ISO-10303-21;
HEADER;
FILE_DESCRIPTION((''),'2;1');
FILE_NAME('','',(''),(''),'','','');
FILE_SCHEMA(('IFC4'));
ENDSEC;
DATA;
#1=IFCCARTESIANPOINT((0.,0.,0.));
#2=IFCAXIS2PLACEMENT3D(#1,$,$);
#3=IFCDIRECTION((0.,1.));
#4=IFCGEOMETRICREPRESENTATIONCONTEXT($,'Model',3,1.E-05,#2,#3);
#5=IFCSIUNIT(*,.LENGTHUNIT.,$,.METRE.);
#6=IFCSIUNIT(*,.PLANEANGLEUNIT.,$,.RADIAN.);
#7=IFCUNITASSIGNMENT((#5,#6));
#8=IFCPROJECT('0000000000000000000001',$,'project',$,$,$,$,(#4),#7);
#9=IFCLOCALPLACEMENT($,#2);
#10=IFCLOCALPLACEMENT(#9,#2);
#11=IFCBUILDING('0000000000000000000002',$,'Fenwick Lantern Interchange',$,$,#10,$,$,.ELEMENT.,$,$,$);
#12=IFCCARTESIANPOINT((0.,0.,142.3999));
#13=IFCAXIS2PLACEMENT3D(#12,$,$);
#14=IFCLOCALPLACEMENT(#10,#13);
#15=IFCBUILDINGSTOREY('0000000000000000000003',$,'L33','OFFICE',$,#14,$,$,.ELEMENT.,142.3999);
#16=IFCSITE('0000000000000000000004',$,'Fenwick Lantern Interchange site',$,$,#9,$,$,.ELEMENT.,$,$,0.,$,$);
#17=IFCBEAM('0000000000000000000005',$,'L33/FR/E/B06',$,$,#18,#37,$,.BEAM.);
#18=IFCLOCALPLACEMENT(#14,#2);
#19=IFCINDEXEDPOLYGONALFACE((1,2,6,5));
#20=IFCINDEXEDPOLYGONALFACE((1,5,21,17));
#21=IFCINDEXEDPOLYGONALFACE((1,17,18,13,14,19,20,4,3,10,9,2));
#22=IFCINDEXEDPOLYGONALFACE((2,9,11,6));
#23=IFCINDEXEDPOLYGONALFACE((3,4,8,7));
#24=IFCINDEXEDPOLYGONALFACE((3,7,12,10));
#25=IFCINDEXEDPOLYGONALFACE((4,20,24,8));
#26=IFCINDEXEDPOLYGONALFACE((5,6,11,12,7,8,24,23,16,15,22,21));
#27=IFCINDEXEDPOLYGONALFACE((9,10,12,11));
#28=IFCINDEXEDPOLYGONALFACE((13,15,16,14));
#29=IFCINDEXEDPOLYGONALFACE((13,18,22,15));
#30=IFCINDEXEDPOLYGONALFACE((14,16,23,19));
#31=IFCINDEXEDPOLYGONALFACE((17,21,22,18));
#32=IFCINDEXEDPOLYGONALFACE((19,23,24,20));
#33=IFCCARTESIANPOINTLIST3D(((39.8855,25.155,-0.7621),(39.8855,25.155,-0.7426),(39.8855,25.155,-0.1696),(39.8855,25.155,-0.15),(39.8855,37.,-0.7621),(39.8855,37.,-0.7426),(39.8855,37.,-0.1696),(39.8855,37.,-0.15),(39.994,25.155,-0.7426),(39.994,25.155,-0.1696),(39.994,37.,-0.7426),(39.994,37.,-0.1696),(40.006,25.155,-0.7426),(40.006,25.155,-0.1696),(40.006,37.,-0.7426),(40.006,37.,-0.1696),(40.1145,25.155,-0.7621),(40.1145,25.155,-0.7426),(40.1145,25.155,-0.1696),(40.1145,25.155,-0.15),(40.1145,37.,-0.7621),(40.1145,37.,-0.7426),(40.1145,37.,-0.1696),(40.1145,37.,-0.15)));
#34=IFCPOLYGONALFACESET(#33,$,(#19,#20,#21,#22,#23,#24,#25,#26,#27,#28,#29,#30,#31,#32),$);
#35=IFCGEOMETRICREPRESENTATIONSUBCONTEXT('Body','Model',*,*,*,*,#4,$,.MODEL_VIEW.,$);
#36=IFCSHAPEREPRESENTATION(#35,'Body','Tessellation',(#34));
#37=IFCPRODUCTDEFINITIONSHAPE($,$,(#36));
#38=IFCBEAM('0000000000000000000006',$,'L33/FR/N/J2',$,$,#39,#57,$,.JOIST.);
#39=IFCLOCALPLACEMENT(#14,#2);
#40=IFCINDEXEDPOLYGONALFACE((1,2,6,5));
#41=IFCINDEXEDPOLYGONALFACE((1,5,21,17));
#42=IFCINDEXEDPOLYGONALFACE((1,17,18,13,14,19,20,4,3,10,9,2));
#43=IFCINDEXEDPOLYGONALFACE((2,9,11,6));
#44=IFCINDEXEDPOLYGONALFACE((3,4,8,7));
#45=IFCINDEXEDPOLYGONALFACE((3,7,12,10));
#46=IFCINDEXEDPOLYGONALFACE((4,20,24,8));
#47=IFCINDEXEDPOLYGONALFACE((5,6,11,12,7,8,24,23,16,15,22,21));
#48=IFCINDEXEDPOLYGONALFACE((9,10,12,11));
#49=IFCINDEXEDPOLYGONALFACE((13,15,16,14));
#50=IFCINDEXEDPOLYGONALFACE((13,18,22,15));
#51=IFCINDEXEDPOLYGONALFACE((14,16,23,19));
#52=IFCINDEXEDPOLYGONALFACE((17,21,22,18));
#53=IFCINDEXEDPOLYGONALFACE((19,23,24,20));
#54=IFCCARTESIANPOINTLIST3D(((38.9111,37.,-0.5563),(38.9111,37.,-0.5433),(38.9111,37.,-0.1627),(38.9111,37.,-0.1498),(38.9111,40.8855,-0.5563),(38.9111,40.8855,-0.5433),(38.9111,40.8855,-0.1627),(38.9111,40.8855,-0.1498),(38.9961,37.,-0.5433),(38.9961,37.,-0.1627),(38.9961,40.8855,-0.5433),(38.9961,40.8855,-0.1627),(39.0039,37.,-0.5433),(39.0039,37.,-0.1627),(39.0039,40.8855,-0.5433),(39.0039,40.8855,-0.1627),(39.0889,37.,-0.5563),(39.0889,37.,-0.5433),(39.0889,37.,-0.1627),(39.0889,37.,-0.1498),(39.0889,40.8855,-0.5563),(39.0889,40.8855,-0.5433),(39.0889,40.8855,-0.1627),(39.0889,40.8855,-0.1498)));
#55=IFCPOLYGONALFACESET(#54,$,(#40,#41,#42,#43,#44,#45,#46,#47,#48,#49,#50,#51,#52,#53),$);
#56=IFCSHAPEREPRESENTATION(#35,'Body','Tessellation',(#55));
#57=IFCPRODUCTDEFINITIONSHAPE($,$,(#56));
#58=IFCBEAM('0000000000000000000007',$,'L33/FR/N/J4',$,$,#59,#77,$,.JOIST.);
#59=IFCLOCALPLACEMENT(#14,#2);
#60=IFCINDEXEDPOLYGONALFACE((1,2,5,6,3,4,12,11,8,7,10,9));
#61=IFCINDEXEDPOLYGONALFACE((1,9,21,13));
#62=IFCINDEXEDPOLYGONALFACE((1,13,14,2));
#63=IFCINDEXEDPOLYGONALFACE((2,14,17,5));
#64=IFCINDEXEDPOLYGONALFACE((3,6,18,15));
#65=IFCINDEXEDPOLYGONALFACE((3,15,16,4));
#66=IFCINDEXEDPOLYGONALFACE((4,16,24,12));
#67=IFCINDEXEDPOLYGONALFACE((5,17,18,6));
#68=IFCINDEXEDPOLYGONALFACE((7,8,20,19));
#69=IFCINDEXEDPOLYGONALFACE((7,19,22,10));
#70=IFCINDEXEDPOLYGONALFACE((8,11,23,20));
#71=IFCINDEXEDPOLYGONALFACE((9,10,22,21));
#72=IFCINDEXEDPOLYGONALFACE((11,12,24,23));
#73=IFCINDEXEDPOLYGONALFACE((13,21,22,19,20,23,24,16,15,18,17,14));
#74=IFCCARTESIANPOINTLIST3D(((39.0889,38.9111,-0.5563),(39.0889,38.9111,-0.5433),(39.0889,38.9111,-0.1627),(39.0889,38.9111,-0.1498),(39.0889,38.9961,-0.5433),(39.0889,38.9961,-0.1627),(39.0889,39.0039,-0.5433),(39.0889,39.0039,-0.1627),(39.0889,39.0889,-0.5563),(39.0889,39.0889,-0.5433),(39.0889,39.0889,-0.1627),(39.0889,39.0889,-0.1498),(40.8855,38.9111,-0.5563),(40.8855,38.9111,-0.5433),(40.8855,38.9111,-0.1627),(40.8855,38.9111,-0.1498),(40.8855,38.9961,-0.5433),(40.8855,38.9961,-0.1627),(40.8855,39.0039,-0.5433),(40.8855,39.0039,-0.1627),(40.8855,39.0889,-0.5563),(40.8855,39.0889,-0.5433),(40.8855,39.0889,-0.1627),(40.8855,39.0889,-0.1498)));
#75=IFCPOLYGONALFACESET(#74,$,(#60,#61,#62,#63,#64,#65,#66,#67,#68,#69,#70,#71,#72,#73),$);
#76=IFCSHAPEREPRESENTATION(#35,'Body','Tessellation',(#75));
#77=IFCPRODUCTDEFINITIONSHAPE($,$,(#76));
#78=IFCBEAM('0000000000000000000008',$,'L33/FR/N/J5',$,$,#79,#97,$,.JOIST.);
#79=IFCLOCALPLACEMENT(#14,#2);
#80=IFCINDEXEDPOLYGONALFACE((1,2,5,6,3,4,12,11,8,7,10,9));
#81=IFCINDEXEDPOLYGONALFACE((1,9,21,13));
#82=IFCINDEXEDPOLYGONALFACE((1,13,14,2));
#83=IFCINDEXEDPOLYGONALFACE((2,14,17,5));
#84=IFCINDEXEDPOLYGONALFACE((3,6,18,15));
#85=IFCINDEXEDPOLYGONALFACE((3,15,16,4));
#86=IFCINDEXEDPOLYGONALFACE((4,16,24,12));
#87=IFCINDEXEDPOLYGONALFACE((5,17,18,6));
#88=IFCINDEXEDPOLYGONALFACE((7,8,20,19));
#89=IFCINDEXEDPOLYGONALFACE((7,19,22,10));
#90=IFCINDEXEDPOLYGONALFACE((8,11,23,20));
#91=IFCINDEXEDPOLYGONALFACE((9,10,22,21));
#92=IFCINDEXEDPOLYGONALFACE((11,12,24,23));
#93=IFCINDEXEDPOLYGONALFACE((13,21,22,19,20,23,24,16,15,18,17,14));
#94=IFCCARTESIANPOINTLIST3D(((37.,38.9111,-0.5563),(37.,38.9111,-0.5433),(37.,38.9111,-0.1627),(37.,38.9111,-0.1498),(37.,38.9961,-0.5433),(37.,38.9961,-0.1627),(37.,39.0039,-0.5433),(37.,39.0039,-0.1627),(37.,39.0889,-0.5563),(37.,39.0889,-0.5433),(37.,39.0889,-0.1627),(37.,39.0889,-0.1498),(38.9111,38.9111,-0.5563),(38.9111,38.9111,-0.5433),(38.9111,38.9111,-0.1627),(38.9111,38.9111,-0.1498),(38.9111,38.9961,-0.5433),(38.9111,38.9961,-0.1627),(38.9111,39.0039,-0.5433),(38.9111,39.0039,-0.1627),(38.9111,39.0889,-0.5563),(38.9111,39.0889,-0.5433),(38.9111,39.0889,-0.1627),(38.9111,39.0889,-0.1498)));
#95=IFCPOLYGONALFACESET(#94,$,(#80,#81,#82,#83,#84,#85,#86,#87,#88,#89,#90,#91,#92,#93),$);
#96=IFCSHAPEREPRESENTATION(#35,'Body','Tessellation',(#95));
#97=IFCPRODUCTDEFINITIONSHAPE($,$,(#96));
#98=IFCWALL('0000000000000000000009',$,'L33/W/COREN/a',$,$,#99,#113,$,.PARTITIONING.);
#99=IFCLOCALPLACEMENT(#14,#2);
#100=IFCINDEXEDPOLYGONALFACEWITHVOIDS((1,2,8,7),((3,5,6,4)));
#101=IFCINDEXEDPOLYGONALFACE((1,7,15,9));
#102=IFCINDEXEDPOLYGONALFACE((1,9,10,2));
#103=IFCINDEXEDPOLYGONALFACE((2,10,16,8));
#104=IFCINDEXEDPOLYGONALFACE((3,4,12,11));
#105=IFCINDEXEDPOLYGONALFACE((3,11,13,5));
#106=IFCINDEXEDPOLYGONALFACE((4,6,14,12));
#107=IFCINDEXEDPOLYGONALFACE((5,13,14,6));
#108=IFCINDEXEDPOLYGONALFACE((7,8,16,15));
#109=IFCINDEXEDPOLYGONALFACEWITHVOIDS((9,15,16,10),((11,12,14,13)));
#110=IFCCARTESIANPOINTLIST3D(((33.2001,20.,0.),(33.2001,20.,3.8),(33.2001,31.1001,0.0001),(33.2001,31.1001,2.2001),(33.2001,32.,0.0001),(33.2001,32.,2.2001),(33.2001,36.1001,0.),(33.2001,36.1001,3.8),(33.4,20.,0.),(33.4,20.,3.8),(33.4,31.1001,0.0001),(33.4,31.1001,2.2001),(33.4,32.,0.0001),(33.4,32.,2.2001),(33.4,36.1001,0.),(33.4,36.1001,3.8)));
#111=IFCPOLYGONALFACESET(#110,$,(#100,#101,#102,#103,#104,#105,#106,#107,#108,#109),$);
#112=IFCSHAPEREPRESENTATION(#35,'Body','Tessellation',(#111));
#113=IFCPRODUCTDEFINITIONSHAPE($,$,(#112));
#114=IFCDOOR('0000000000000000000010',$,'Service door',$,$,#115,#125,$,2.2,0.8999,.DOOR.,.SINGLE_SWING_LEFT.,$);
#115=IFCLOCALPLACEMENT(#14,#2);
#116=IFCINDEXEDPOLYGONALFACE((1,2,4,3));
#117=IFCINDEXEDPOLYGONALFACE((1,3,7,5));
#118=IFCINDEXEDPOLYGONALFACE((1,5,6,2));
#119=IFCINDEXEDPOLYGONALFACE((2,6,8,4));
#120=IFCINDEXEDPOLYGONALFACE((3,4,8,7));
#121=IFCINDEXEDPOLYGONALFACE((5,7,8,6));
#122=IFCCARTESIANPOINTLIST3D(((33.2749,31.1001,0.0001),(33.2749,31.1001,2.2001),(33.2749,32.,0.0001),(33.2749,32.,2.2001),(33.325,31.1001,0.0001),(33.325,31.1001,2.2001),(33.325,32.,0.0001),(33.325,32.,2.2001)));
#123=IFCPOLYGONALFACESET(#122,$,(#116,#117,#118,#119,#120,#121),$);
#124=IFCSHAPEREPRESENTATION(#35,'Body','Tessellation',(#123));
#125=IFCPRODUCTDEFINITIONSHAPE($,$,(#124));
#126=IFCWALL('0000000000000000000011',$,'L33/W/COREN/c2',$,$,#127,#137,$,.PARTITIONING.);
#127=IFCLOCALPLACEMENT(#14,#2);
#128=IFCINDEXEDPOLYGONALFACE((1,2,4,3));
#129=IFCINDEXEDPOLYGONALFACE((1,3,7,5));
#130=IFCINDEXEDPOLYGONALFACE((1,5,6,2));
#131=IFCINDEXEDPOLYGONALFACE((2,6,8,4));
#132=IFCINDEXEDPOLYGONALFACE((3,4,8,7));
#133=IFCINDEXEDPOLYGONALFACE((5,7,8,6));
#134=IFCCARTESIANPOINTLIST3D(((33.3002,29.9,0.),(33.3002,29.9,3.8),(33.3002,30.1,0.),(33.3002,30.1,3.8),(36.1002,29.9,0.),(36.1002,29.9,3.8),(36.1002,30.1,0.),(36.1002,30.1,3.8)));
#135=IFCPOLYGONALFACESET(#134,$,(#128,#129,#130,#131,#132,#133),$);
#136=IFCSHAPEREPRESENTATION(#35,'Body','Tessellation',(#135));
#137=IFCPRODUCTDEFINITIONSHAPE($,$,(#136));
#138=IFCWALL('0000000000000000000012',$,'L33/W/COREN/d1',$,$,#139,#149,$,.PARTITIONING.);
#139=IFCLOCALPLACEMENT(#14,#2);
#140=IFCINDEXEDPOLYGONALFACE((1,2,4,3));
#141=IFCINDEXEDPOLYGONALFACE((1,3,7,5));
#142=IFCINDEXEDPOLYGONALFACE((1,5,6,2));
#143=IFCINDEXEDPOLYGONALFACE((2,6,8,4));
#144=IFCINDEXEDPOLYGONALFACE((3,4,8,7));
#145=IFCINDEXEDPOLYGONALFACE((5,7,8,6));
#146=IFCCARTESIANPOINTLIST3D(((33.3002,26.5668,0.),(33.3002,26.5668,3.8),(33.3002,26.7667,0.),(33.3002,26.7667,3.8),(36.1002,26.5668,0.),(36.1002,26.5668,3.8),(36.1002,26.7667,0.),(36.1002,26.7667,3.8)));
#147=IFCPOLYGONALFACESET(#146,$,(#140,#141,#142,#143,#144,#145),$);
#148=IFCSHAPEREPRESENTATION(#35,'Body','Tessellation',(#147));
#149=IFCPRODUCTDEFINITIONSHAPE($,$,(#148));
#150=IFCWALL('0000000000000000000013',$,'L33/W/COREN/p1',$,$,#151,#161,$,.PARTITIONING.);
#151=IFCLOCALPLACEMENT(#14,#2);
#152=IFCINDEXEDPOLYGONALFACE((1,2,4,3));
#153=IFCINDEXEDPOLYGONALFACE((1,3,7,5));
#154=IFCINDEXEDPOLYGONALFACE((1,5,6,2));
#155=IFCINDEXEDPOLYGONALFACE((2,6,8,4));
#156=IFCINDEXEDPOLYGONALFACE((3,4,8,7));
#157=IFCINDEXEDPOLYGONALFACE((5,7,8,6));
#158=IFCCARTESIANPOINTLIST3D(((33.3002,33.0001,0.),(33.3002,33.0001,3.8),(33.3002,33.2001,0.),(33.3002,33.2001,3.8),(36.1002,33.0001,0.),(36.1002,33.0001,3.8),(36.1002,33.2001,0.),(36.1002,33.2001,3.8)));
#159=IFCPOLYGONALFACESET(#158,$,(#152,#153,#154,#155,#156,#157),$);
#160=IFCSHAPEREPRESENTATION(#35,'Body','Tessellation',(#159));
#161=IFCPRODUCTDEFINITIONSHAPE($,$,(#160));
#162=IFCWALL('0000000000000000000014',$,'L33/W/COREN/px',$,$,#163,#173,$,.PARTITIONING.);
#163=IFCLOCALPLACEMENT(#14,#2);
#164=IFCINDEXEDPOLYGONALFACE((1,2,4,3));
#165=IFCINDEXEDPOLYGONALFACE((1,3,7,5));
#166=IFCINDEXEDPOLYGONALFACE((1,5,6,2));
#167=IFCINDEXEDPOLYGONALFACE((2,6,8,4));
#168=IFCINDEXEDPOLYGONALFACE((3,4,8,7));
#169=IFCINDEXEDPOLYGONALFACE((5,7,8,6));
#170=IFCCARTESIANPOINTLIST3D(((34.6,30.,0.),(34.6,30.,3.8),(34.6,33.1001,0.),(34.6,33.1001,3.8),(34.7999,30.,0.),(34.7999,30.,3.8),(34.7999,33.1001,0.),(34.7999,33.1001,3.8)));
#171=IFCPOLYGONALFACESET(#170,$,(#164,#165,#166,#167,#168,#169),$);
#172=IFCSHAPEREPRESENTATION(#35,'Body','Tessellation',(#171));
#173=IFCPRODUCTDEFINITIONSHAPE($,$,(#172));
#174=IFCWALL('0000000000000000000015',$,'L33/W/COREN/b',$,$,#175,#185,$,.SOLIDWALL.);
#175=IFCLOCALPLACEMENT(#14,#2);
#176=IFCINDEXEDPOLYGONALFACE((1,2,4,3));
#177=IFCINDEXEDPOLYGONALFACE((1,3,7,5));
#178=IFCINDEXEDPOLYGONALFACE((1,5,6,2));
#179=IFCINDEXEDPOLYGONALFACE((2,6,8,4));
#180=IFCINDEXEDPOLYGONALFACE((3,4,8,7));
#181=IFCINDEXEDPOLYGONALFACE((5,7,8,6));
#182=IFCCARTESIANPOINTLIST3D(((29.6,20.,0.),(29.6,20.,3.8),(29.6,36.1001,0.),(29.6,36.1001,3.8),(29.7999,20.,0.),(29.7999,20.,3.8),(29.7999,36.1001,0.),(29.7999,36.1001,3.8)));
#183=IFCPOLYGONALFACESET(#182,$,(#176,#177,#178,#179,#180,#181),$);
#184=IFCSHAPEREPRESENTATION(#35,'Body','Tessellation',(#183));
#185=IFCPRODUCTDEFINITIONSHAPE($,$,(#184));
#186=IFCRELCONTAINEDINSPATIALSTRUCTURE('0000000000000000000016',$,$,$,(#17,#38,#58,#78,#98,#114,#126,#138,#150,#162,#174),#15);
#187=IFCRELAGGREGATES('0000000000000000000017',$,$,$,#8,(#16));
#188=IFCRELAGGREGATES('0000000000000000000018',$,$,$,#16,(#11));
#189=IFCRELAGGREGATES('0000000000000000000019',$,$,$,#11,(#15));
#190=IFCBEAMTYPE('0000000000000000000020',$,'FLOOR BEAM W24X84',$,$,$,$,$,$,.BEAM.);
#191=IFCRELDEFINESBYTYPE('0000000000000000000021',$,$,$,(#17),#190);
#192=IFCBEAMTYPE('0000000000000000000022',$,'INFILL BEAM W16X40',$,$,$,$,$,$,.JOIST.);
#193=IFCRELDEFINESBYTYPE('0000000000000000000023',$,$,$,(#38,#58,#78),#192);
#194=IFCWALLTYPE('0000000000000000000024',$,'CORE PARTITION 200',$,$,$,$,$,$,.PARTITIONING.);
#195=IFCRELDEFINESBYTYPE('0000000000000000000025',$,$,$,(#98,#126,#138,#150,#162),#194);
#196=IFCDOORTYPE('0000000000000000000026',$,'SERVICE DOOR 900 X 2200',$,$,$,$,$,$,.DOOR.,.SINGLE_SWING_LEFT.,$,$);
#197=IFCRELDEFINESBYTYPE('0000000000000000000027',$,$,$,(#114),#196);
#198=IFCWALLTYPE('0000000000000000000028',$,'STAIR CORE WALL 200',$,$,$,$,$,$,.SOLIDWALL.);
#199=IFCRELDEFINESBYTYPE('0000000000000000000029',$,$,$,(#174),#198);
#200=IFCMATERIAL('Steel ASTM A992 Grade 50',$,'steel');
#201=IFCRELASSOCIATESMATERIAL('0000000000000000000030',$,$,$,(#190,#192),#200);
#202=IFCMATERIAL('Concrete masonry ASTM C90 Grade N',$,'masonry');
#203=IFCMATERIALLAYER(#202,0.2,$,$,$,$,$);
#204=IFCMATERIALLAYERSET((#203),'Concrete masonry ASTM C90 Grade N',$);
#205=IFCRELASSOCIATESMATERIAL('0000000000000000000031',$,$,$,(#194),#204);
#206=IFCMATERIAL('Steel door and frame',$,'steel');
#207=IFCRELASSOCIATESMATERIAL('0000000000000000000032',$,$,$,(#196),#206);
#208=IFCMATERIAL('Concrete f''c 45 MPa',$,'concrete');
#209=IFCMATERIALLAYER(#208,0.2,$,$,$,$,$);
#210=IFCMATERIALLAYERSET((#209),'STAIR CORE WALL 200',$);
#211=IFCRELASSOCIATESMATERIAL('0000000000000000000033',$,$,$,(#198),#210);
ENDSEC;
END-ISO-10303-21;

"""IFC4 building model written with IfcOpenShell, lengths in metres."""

from ifc_helpers import new_model, si_unit, direction, frame, frame_2d, origin, origin_2d, place, context, subcontext, project, spatial, rectangle, i_section, extrude, material, layer, layer_set, material_profile, profile_set, type_object, element, fill, save


model = new_model("IFC4")

# Units and contexts
model_context = context("Model", 3, precision=1e-05, world=origin(), true_north=direction((0.0, 1.0)))
body_context = subcontext(model_context, "Body", "Model", "MODEL_VIEW")
ifc_project = project(units=[si_unit("LENGTHUNIT", "METRE"), si_unit("PLANEANGLEUNIT", "RADIAN")], contexts=[model_context])

# Site, building, storey
site_placement = place(None, origin())
site = spatial("IfcSite", under=ifc_project, at=site_placement, Name="Fenwick Lantern Interchange site", CompositionType="ELEMENT", RefElevation=0.0)
building_placement = place(site_placement, origin())
building = spatial("IfcBuilding", under=site, at=building_placement, Name="Fenwick Lantern Interchange", CompositionType="ELEMENT")
storey_placement = place(building_placement, frame((0.0, 0.0, 142.3999)))
storey = spatial("IfcBuildingStorey", under=building, at=storey_placement, Name="L33", Description="OFFICE", CompositionType="ELEMENT", Elevation=142.3999)

# Beams
ifc_material_1 = material(Name="Steel ASTM A992 Grade 50", Category="steel")
ifc_material_profile_1 = material_profile(ifc_material_1, i_section(OverallWidth=0.229, OverallDepth=0.6121, WebThickness=0.012, FlangeThickness=0.0195, at=origin_2d()), Name="W24X84")
ifc_profile_set_1 = profile_set([ifc_material_profile_1], Name="Steel ASTM A992 Grade 50")
beam_type_1 = type_object("IfcBeamType", Name="FLOOR BEAM W24X84", PredefinedType="BEAM", material=ifc_profile_set_1)
beam_1_placement = place(storey_placement, frame((40.0, 25.155, -0.4561), z_axis=(0.0, 1.0, 0.0), x_axis=(-1.0, 0.0, 0.0)))
element("IfcBeam", 1, at=beam_1_placement, inside=storey, type_object=beam_type_1, Name="L33/FR/E/B06", PredefinedType="BEAM", context=body_context, shape_type="SweptSolid", body=[
    extrude(i_section(OverallWidth=0.229, OverallDepth=0.6121, WebThickness=0.012, FlangeThickness=0.0195, at=origin_2d()), origin(), (0.0, 0.0, 1.0), 11.845),
])
ifc_material_profile_2 = material_profile(ifc_material_1, i_section(OverallWidth=0.1777, OverallDepth=0.4065, WebThickness=0.0078, FlangeThickness=0.0129, at=origin_2d()), Name="W16X40")
ifc_profile_set_2 = profile_set([ifc_material_profile_2], Name="Steel ASTM A992 Grade 50")
beam_type_2 = type_object("IfcBeamType", Name="INFILL BEAM W16X40", PredefinedType="JOIST", material=ifc_profile_set_2)
beam_2_placement = place(storey_placement, frame((39.0, 40.8855, -0.353), z_axis=(0.0, -1.0, 0.0), x_axis=(1.0, 0.0, 0.0)))
element("IfcBeam", 2, at=beam_2_placement, inside=storey, type_object=beam_type_2, Name="L33/FR/N/J2", PredefinedType="JOIST", context=body_context, shape_type="SweptSolid", body=[
    extrude(i_section(OverallWidth=0.1777, OverallDepth=0.4065, WebThickness=0.0078, FlangeThickness=0.0129, at=origin_2d()), origin(), (0.0, 0.0, 1.0), 3.8855),
])
beam_3_placement = place(storey_placement, frame((40.8855, 39.0, -0.353), z_axis=(-1.0, 0.0, 0.0), x_axis=(0.0, -1.0, 0.0)))
element("IfcBeam", 3, at=beam_3_placement, inside=storey, type_object=beam_type_2, Name="L33/FR/N/J4", PredefinedType="JOIST", context=body_context, shape_type="SweptSolid", body=[
    extrude(i_section(OverallWidth=0.1777, OverallDepth=0.4065, WebThickness=0.0078, FlangeThickness=0.0129, at=origin_2d()), origin(), (0.0, 0.0, 1.0), 1.7966),
])
beam_4_placement = place(storey_placement, frame((38.9111, 39.0, -0.353), z_axis=(-1.0, 0.0, 0.0), x_axis=(0.0, -1.0, 0.0)))
element("IfcBeam", 4, at=beam_4_placement, inside=storey, type_object=beam_type_2, Name="L33/FR/N/J5", PredefinedType="JOIST", context=body_context, shape_type="SweptSolid", body=[
    extrude(i_section(OverallWidth=0.1777, OverallDepth=0.4065, WebThickness=0.0078, FlangeThickness=0.0129, at=origin_2d()), origin(), (0.0, 0.0, 1.0), 1.9111),
])

# Wall, opening, door
ifc_material_2 = material(Name="Concrete masonry ASTM C90 Grade N", Category="masonry")
ifc_layer_1 = layer(ifc_material_2, 0.2)
ifc_layer_set_1 = layer_set([ifc_layer_1], Name="Concrete masonry ASTM C90 Grade N")
wall_type_1 = type_object("IfcWallType", Name="CORE PARTITION 200", PredefinedType="PARTITIONING", material=ifc_layer_set_1)
wall_1_placement = place(storey_placement, frame((33.3, 36.1001, 0.0), z_axis=(0.0, 0.0, 1.0), x_axis=(0.0, -1.0, 0.0)))
wall_1 = element("IfcWall", 5, at=wall_1_placement, inside=storey, type_object=wall_type_1, Name="L33/W/COREN/a", PredefinedType="PARTITIONING", context=body_context, shape_type="SweptSolid", body=[
    extrude(rectangle(XDim=16.1001, YDim=0.2, at=frame_2d((8.05, 0.0))), origin(), (0.0, 0.0, 1.0), 3.8),
])
opening_1_placement = place(wall_1_placement, frame((4.1001, 0.0, 0.0)))
opening_1 = element("IfcOpeningElement", 6, at=opening_1_placement, cuts=wall_1, PredefinedType="OPENING", context=body_context, shape_type="SweptSolid", body=[
    extrude(rectangle(XDim=0.8999, YDim=2.2, at=frame_2d((0.45, 1.1001))), frame((0.0, 0.1099, 0.0), z_axis=(0.0, -1.0, 0.0), x_axis=(1.0, 0.0, 0.0)), (0.0, 0.0, 1.0), 0.22),
])
ifc_material_3 = material(Name="Steel door and frame", Category="steel")
door_type_1 = type_object("IfcDoorType", Name="SERVICE DOOR 900 X 2200", OperationType="SINGLE_SWING_LEFT", PredefinedType="DOOR", material=ifc_material_3)
door_1_placement = place(opening_1_placement, origin())
door_1 = element("IfcDoor", 7, at=door_1_placement, inside=storey, type_object=door_type_1, Name="Service door", OperationType="SINGLE_SWING_LEFT", OverallHeight=2.2, OverallWidth=0.8999, PredefinedType="DOOR", context=body_context, shape_type="SweptSolid", body=[
    extrude(rectangle(XDim=0.8999, YDim=2.2, at=frame_2d((0.45, 1.1001))), frame((0.0, 0.0249, 0.0), z_axis=(0.0, -1.0, 0.0), x_axis=(1.0, 0.0, 0.0)), (0.0, 0.0, 1.0), 0.05),
])
fill(opening_1, door_1)

# Walls
for number, where, z_axis, x_axis, name in (
    (8, (36.1001, 30.0, 0.0), (0.0, 0.0, 1.0), (-1.0, 0.0, 0.0), "L33/W/COREN/c2"),
    (9, (36.1001, 26.6667, 0.0), (0.0, 0.0, 1.0), (-1.0, 0.0, 0.0), "L33/W/COREN/d1"),
    (10, (36.1001, 33.1001, 0.0), (0.0, 0.0, 1.0), (-1.0, 0.0, 0.0), "L33/W/COREN/p1"),
):
    element("IfcWall", number, at=place(storey_placement, frame(where, z_axis=z_axis, x_axis=x_axis)), inside=storey, type_object=wall_type_1, Name=name, PredefinedType="PARTITIONING", context=body_context, shape_type="SweptSolid", body=[
        extrude(rectangle(XDim=2.8, YDim=0.2, at=frame_2d((1.3999, 0.0))), origin(), (0.0, 0.0, 1.0), 3.8),
    ])
wall_2_placement = place(storey_placement, frame((34.7, 33.1001, 0.0), z_axis=(0.0, 0.0, 1.0), x_axis=(0.0, -1.0, 0.0)))
element("IfcWall", 11, at=wall_2_placement, inside=storey, type_object=wall_type_1, Name="L33/W/COREN/px", PredefinedType="PARTITIONING", context=body_context, shape_type="SweptSolid", body=[
    extrude(rectangle(XDim=3.1001, YDim=0.2, at=frame_2d((1.55, 0.0))), origin(), (0.0, 0.0, 1.0), 3.8),
])

# Wall
ifc_material_4 = material(Name="Concrete f'c 45 MPa", Category="concrete")
ifc_layer_2 = layer(ifc_material_4, 0.2)
ifc_layer_set_2 = layer_set([ifc_layer_2], Name="STAIR CORE WALL 200")
wall_type_2 = type_object("IfcWallType", Name="STAIR CORE WALL 200", PredefinedType="SOLIDWALL", material=ifc_layer_set_2)
wall_3_placement = place(storey_placement, frame((29.7, 36.1001, 0.0), z_axis=(0.0, 0.0, 1.0), x_axis=(0.0, -1.0, 0.0)))
element("IfcWall", 12, at=wall_3_placement, inside=storey, type_object=wall_type_2, Name="L33/W/COREN/b", PredefinedType="SOLIDWALL", context=body_context, shape_type="SweptSolid", body=[
    extrude(rectangle(XDim=16.1001, YDim=0.2, at=frame_2d((8.05, 0.0))), origin(), (0.0, 0.0, 1.0), 3.8),
])

save(model, "model.ifc")
